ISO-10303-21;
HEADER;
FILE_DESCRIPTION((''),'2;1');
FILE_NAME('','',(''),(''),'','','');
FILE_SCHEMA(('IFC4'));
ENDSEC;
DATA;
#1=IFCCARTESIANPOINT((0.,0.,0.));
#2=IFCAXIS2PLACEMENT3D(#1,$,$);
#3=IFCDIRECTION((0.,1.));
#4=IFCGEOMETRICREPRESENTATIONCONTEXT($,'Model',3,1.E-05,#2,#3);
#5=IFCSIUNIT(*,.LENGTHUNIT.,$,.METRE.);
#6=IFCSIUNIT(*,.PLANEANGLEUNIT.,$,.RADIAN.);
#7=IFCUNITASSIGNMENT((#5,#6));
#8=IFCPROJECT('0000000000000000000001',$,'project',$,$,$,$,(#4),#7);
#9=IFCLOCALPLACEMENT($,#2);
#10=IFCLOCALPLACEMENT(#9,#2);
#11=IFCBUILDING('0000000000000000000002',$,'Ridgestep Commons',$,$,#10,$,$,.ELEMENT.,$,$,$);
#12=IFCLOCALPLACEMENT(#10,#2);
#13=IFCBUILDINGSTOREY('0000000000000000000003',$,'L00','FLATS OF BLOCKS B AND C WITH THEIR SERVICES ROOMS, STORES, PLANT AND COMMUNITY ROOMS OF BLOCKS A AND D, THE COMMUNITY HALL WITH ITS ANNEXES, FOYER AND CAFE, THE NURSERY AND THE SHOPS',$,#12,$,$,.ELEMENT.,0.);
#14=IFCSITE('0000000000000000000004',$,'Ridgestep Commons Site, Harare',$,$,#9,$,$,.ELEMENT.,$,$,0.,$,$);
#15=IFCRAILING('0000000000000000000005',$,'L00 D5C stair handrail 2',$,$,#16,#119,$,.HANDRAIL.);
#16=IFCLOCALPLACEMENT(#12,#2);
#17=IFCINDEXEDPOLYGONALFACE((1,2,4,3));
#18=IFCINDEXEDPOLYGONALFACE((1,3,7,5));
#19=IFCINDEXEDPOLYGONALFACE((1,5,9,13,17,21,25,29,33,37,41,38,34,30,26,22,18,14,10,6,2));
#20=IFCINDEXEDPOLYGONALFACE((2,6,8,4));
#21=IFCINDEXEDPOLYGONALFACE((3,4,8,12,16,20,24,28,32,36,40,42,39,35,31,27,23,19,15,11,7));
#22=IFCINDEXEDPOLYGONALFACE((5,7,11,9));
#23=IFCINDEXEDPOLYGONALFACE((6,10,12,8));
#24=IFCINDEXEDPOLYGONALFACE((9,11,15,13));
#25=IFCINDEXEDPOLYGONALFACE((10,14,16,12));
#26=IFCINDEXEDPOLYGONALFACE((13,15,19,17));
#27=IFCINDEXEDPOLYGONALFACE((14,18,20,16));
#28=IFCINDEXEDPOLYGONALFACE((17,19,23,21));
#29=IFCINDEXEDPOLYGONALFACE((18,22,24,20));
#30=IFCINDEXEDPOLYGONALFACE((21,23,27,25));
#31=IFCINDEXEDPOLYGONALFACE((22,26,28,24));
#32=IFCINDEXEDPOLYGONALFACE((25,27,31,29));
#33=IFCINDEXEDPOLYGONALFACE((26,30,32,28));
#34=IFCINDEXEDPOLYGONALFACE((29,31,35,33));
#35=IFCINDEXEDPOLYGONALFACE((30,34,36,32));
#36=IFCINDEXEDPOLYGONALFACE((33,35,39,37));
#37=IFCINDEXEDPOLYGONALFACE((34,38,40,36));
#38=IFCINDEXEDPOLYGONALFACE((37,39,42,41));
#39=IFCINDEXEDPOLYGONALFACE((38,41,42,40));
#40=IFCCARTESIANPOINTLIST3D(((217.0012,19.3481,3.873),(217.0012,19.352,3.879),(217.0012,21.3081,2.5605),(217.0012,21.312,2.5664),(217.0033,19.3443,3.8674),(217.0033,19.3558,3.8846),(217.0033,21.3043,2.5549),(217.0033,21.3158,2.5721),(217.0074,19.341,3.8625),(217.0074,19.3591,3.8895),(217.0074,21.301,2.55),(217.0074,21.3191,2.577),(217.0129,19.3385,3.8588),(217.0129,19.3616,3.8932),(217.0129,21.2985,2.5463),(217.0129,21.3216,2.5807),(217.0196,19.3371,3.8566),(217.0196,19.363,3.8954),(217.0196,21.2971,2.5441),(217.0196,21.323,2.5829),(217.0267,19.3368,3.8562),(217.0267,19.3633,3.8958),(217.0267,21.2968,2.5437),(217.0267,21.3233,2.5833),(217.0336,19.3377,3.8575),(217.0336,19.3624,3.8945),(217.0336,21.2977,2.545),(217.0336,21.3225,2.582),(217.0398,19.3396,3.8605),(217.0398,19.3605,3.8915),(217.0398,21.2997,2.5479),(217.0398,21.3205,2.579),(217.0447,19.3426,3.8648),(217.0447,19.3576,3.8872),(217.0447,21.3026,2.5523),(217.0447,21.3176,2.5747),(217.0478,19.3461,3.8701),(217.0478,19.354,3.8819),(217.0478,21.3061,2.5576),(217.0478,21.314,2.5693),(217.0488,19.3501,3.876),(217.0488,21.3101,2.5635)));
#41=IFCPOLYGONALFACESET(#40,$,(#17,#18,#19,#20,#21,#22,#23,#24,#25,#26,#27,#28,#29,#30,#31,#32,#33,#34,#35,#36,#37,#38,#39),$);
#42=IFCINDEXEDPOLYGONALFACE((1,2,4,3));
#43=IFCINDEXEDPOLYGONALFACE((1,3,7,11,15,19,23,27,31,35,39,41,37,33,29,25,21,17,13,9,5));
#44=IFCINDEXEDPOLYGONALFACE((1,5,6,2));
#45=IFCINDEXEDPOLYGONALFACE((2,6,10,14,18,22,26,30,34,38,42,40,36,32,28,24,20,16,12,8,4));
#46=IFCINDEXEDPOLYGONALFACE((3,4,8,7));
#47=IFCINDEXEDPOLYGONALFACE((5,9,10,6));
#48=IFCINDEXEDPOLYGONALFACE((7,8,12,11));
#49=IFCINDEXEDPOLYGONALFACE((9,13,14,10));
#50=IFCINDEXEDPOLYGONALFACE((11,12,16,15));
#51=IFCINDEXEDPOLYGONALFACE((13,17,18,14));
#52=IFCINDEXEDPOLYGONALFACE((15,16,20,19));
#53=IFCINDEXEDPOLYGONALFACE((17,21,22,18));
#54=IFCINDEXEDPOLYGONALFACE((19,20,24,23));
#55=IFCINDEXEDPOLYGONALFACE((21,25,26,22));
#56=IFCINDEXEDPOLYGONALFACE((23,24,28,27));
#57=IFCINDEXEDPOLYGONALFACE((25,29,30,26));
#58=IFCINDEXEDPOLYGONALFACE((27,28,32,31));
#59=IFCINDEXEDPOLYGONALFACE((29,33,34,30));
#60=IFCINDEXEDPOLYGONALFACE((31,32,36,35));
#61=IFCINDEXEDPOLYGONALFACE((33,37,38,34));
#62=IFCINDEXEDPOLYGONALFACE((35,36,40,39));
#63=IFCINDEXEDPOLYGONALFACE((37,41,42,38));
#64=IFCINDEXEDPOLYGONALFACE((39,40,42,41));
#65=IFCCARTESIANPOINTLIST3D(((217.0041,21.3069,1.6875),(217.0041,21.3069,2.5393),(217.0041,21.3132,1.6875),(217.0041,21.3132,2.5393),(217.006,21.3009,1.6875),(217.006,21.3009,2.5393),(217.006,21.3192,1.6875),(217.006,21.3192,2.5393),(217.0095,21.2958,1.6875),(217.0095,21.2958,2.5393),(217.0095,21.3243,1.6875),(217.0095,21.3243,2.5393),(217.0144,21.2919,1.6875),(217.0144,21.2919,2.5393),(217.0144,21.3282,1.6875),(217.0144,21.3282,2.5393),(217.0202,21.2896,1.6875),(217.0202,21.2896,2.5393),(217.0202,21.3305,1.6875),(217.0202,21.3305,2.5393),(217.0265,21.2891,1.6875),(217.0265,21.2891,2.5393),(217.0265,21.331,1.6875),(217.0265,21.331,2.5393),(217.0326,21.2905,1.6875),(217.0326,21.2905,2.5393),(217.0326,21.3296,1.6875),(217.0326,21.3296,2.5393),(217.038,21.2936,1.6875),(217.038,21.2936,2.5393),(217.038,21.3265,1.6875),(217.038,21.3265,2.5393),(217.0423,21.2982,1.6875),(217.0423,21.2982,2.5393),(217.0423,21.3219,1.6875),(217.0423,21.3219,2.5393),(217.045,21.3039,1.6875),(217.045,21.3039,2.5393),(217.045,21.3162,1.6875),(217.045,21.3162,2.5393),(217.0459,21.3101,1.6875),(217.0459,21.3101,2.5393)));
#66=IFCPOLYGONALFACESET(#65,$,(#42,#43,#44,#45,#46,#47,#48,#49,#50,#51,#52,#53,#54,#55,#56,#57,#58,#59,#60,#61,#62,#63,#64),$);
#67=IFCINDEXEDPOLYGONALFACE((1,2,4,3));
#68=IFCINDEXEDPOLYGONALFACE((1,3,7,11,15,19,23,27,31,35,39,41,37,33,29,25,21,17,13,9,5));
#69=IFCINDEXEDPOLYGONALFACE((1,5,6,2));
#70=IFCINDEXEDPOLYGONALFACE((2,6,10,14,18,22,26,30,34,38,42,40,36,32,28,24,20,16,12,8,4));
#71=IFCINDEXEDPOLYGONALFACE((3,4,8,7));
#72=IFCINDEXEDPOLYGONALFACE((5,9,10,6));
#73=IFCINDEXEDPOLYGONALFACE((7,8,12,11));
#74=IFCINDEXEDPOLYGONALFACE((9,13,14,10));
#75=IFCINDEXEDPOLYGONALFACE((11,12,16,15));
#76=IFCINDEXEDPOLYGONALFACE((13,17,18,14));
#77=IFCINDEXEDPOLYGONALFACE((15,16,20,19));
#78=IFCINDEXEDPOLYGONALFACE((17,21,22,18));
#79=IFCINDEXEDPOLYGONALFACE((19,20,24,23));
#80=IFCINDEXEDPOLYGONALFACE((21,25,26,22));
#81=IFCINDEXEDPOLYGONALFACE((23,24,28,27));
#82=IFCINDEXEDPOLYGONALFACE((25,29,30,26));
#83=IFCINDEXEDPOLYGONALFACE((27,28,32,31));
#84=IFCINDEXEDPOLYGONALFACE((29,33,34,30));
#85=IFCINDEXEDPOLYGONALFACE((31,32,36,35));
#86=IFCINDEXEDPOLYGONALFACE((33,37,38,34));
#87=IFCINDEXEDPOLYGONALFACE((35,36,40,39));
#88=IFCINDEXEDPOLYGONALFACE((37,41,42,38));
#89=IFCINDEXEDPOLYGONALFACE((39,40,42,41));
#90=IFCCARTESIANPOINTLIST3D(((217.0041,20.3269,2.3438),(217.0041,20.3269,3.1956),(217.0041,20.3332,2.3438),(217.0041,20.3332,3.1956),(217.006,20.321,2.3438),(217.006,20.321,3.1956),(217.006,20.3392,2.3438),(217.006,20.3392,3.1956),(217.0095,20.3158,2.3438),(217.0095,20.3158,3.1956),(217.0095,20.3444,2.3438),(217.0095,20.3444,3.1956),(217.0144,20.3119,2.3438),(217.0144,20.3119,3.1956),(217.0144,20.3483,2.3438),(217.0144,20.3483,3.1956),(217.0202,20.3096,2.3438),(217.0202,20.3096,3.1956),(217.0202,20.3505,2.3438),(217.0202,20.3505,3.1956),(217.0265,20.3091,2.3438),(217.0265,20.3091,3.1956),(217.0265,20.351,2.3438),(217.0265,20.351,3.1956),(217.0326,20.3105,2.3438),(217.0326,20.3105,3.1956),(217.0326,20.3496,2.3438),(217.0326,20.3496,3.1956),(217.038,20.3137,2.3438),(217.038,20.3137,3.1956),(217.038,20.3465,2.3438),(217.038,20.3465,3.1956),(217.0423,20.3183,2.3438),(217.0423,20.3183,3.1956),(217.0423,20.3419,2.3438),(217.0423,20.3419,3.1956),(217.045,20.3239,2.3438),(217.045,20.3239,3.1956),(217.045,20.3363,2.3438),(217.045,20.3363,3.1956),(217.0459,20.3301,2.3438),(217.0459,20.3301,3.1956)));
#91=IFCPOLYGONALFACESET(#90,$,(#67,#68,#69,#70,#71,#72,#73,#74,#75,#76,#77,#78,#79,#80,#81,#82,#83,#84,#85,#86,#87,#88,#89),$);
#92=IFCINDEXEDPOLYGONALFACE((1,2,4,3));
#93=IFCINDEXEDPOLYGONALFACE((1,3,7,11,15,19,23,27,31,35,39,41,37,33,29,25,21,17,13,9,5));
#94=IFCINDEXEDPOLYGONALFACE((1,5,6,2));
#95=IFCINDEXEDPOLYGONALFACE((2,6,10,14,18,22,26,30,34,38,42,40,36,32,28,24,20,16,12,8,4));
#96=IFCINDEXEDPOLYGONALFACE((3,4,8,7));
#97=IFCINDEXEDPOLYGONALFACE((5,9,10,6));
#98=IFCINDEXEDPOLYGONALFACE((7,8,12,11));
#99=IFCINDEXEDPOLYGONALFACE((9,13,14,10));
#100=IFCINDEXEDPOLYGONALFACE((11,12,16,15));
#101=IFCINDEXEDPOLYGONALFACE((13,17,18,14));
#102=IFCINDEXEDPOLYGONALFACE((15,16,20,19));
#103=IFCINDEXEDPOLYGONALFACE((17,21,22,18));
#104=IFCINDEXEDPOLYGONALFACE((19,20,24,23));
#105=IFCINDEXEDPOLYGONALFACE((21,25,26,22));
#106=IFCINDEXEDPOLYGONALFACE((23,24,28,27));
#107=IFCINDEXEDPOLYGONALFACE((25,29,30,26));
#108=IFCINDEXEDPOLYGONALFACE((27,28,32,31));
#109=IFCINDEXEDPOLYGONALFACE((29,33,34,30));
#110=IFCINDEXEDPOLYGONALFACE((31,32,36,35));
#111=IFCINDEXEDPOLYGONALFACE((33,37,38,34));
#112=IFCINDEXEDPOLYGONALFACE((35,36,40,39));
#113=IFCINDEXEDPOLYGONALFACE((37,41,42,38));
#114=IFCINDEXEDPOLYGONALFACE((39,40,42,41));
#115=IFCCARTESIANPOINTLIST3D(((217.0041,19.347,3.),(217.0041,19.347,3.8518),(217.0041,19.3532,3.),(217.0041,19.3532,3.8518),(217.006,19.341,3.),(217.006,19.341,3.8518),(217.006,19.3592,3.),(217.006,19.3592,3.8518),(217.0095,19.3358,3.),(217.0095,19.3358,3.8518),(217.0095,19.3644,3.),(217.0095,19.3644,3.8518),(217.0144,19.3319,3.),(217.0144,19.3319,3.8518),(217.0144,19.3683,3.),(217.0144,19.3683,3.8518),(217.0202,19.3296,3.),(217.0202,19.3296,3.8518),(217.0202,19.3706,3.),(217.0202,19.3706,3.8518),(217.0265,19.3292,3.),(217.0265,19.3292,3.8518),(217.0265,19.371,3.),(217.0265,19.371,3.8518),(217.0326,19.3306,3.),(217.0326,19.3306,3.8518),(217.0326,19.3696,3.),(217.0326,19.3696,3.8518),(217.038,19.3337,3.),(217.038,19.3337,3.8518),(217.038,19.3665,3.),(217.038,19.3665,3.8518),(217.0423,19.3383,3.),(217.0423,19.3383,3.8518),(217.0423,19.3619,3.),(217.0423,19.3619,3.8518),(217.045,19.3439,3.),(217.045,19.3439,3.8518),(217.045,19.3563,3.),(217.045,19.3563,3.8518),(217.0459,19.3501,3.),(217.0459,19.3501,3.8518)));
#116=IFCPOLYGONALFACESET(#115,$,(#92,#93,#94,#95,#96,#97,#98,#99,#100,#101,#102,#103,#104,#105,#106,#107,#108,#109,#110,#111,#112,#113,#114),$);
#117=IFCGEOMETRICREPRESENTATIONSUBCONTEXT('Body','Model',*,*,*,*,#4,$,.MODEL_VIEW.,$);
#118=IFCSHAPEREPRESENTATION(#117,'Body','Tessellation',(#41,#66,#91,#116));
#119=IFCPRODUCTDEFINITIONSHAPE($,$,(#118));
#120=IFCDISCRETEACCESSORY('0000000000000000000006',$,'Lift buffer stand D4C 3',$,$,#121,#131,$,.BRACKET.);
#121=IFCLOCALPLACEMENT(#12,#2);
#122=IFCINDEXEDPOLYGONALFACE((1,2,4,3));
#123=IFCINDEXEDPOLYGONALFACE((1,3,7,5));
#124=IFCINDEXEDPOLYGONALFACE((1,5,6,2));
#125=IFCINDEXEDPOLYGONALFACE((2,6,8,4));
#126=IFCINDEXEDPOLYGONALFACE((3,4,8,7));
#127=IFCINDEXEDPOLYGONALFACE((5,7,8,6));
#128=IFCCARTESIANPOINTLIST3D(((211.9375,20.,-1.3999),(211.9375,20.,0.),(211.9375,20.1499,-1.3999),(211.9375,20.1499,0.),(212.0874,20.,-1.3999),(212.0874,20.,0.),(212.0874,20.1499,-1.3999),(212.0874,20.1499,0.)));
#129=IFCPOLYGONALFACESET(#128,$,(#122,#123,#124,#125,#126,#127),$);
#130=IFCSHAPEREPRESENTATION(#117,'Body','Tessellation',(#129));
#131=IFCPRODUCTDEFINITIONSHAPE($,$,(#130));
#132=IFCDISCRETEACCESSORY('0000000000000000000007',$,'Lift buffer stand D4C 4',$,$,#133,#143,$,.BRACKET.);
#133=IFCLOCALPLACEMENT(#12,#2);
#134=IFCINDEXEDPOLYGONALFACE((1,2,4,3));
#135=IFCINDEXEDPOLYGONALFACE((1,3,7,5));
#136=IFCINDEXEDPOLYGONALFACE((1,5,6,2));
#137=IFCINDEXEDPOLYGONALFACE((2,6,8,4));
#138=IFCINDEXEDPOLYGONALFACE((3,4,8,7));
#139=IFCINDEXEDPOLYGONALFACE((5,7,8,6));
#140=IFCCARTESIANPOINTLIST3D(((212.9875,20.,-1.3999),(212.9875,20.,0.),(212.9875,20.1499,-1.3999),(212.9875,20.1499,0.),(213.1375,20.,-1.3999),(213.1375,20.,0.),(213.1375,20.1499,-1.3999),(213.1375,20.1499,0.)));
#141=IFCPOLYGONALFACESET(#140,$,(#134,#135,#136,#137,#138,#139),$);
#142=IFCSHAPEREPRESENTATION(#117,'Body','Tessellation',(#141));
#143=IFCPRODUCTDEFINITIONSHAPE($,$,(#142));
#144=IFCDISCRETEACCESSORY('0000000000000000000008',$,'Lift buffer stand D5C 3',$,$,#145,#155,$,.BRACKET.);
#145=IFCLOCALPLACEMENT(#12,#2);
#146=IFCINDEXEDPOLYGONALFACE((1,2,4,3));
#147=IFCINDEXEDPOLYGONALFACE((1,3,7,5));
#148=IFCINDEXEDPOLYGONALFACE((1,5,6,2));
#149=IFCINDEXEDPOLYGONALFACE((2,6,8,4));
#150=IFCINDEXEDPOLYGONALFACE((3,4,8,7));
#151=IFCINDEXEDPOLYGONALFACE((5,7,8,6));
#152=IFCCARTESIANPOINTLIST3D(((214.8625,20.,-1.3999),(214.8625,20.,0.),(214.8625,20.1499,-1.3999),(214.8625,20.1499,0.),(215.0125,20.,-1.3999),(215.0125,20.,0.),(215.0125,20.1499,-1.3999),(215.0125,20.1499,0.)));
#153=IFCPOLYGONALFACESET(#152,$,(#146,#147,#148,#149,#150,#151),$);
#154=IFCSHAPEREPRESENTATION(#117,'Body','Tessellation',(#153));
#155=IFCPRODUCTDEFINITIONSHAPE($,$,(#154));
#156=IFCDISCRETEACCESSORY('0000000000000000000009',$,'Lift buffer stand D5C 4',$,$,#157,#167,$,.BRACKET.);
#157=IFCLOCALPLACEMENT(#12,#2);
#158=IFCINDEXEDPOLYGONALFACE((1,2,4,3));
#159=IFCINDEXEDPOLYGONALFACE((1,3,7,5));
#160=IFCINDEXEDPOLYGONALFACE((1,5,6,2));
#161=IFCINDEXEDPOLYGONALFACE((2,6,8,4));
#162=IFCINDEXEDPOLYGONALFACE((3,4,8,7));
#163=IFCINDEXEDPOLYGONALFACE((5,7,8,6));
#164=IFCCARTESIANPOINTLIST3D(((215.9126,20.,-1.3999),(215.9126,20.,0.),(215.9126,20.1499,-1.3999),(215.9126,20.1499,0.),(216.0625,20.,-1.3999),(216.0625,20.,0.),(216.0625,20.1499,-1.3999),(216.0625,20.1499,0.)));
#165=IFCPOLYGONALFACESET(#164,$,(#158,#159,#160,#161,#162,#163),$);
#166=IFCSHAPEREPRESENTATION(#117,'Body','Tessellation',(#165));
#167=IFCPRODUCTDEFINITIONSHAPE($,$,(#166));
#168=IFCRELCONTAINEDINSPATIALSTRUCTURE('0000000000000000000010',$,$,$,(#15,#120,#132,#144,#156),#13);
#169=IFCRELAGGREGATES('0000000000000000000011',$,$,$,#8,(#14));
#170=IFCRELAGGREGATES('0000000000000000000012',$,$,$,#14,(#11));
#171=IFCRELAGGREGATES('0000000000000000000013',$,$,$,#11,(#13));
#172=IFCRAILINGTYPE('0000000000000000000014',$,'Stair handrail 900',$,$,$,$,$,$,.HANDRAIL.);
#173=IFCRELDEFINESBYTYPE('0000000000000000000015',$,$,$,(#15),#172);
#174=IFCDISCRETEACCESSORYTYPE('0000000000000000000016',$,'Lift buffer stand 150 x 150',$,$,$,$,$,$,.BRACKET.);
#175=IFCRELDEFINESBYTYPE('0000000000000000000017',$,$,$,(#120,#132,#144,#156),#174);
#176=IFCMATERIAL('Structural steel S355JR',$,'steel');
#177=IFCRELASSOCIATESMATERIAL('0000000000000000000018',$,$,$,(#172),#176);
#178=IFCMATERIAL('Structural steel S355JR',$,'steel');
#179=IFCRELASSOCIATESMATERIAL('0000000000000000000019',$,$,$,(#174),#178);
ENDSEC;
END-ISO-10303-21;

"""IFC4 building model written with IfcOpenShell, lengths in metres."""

from ifc_helpers import new_model, si_unit, direction, frame, origin, origin_2d, place, context, subcontext, project, spatial, rectangle, circle, extrude, material, type_object, element, save


model = new_model("IFC4")

# Units and contexts
model_context = context("Model", 3, precision=1e-05, world=origin(), true_north=direction((0.0, 1.0)))
body_context = subcontext(model_context, "Body", "Model", "MODEL_VIEW")
ifc_project = project(units=[si_unit("LENGTHUNIT", "METRE"), si_unit("PLANEANGLEUNIT", "RADIAN")], contexts=[model_context])

# Site, building, storey
site_placement = place(None, origin())
site = spatial("IfcSite", under=ifc_project, at=site_placement, Name="Ridgestep Commons Site, Harare", CompositionType="ELEMENT", RefElevation=0.0)
building_placement = place(site_placement, origin())
building = spatial("IfcBuilding", under=site, at=building_placement, Name="Ridgestep Commons", CompositionType="ELEMENT")
storey_placement = place(building_placement, origin())
storey = spatial("IfcBuildingStorey", under=building, at=storey_placement, Name="L00", Description="FLATS OF BLOCKS B AND C WITH THEIR SERVICES ROOMS, STORES, PLANT AND COMMUNITY ROOMS OF BLOCKS A AND D, THE COMMUNITY HALL WITH ITS ANNEXES, FOYER AND CAFE, THE NURSERY AND THE SHOPS", CompositionType="ELEMENT", Elevation=0.0)

# Railing
ifc_material_1 = material(Name="Structural steel S355JR", Category="steel")
railing_type_1 = type_object("IfcRailingType", Name="Stair handrail 900", PredefinedType="HANDRAIL", material=ifc_material_1)
railing_1_placement = place(storey_placement, frame((217.0249, 21.3101, 1.6875)))
element("IfcRailing", 1, at=railing_1_placement, inside=storey, type_object=railing_type_1, Name="L00 D5C stair handrail 2", PredefinedType="HANDRAIL", context=body_context, shape_type="SweptSolid", body=[
    extrude(circle(Radius=0.0239, at=origin_2d()), frame((0.0, 0.0, 0.876), z_axis=(0.0, -0.830902, 0.556419), x_axis=(1.0, 0.0, 0.0)), (0.0, 0.0, 1.0), 2.3589),
    extrude(circle(Radius=0.021, at=origin_2d()), origin(), (0.0, 0.0, 1.0), 0.8518),
    extrude(circle(Radius=0.021, at=origin_2d()), frame((0.0, -0.98, 0.6562)), (0.0, 0.0, 1.0), 0.8518),
    extrude(circle(Radius=0.021, at=origin_2d()), frame((0.0, -1.96, 1.3125)), (0.0, 0.0, 1.0), 0.8518),
])

# Discrete accessories
ifc_material_2 = material(Name="Structural steel S355JR", Category="steel")
discrete_accessory_type = type_object("IfcDiscreteAccessoryType", Name="Lift buffer stand 150 x 150", PredefinedType="BRACKET", material=ifc_material_2)
for number, where, z_axis, x_axis, name in (
    (2, (212.0125, 20.075, -1.3999), (0.0, 0.0, 1.0), (1.0, 0.0, 0.0), "Lift buffer stand D4C 3"),
    (3, (213.0625, 20.075, -1.3999), (0.0, 0.0, 1.0), (1.0, 0.0, 0.0), "Lift buffer stand D4C 4"),
    (4, (214.9375, 20.075, -1.3999), (0.0, 0.0, 1.0), (1.0, 0.0, 0.0), "Lift buffer stand D5C 3"),
    (5, (215.9875, 20.075, -1.3999), (0.0, 0.0, 1.0), (1.0, 0.0, 0.0), "Lift buffer stand D5C 4"),
):
    element("IfcDiscreteAccessory", number, at=place(storey_placement, frame(where, z_axis=z_axis, x_axis=x_axis)), inside=storey, type_object=discrete_accessory_type, Name=name, PredefinedType="BRACKET", context=body_context, shape_type="SweptSolid", body=[
        extrude(rectangle(XDim=0.1499, YDim=0.1499, at=origin_2d()), origin(), (0.0, 0.0, 1.0), 1.3999),
    ])

save(model, "model.ifc")
